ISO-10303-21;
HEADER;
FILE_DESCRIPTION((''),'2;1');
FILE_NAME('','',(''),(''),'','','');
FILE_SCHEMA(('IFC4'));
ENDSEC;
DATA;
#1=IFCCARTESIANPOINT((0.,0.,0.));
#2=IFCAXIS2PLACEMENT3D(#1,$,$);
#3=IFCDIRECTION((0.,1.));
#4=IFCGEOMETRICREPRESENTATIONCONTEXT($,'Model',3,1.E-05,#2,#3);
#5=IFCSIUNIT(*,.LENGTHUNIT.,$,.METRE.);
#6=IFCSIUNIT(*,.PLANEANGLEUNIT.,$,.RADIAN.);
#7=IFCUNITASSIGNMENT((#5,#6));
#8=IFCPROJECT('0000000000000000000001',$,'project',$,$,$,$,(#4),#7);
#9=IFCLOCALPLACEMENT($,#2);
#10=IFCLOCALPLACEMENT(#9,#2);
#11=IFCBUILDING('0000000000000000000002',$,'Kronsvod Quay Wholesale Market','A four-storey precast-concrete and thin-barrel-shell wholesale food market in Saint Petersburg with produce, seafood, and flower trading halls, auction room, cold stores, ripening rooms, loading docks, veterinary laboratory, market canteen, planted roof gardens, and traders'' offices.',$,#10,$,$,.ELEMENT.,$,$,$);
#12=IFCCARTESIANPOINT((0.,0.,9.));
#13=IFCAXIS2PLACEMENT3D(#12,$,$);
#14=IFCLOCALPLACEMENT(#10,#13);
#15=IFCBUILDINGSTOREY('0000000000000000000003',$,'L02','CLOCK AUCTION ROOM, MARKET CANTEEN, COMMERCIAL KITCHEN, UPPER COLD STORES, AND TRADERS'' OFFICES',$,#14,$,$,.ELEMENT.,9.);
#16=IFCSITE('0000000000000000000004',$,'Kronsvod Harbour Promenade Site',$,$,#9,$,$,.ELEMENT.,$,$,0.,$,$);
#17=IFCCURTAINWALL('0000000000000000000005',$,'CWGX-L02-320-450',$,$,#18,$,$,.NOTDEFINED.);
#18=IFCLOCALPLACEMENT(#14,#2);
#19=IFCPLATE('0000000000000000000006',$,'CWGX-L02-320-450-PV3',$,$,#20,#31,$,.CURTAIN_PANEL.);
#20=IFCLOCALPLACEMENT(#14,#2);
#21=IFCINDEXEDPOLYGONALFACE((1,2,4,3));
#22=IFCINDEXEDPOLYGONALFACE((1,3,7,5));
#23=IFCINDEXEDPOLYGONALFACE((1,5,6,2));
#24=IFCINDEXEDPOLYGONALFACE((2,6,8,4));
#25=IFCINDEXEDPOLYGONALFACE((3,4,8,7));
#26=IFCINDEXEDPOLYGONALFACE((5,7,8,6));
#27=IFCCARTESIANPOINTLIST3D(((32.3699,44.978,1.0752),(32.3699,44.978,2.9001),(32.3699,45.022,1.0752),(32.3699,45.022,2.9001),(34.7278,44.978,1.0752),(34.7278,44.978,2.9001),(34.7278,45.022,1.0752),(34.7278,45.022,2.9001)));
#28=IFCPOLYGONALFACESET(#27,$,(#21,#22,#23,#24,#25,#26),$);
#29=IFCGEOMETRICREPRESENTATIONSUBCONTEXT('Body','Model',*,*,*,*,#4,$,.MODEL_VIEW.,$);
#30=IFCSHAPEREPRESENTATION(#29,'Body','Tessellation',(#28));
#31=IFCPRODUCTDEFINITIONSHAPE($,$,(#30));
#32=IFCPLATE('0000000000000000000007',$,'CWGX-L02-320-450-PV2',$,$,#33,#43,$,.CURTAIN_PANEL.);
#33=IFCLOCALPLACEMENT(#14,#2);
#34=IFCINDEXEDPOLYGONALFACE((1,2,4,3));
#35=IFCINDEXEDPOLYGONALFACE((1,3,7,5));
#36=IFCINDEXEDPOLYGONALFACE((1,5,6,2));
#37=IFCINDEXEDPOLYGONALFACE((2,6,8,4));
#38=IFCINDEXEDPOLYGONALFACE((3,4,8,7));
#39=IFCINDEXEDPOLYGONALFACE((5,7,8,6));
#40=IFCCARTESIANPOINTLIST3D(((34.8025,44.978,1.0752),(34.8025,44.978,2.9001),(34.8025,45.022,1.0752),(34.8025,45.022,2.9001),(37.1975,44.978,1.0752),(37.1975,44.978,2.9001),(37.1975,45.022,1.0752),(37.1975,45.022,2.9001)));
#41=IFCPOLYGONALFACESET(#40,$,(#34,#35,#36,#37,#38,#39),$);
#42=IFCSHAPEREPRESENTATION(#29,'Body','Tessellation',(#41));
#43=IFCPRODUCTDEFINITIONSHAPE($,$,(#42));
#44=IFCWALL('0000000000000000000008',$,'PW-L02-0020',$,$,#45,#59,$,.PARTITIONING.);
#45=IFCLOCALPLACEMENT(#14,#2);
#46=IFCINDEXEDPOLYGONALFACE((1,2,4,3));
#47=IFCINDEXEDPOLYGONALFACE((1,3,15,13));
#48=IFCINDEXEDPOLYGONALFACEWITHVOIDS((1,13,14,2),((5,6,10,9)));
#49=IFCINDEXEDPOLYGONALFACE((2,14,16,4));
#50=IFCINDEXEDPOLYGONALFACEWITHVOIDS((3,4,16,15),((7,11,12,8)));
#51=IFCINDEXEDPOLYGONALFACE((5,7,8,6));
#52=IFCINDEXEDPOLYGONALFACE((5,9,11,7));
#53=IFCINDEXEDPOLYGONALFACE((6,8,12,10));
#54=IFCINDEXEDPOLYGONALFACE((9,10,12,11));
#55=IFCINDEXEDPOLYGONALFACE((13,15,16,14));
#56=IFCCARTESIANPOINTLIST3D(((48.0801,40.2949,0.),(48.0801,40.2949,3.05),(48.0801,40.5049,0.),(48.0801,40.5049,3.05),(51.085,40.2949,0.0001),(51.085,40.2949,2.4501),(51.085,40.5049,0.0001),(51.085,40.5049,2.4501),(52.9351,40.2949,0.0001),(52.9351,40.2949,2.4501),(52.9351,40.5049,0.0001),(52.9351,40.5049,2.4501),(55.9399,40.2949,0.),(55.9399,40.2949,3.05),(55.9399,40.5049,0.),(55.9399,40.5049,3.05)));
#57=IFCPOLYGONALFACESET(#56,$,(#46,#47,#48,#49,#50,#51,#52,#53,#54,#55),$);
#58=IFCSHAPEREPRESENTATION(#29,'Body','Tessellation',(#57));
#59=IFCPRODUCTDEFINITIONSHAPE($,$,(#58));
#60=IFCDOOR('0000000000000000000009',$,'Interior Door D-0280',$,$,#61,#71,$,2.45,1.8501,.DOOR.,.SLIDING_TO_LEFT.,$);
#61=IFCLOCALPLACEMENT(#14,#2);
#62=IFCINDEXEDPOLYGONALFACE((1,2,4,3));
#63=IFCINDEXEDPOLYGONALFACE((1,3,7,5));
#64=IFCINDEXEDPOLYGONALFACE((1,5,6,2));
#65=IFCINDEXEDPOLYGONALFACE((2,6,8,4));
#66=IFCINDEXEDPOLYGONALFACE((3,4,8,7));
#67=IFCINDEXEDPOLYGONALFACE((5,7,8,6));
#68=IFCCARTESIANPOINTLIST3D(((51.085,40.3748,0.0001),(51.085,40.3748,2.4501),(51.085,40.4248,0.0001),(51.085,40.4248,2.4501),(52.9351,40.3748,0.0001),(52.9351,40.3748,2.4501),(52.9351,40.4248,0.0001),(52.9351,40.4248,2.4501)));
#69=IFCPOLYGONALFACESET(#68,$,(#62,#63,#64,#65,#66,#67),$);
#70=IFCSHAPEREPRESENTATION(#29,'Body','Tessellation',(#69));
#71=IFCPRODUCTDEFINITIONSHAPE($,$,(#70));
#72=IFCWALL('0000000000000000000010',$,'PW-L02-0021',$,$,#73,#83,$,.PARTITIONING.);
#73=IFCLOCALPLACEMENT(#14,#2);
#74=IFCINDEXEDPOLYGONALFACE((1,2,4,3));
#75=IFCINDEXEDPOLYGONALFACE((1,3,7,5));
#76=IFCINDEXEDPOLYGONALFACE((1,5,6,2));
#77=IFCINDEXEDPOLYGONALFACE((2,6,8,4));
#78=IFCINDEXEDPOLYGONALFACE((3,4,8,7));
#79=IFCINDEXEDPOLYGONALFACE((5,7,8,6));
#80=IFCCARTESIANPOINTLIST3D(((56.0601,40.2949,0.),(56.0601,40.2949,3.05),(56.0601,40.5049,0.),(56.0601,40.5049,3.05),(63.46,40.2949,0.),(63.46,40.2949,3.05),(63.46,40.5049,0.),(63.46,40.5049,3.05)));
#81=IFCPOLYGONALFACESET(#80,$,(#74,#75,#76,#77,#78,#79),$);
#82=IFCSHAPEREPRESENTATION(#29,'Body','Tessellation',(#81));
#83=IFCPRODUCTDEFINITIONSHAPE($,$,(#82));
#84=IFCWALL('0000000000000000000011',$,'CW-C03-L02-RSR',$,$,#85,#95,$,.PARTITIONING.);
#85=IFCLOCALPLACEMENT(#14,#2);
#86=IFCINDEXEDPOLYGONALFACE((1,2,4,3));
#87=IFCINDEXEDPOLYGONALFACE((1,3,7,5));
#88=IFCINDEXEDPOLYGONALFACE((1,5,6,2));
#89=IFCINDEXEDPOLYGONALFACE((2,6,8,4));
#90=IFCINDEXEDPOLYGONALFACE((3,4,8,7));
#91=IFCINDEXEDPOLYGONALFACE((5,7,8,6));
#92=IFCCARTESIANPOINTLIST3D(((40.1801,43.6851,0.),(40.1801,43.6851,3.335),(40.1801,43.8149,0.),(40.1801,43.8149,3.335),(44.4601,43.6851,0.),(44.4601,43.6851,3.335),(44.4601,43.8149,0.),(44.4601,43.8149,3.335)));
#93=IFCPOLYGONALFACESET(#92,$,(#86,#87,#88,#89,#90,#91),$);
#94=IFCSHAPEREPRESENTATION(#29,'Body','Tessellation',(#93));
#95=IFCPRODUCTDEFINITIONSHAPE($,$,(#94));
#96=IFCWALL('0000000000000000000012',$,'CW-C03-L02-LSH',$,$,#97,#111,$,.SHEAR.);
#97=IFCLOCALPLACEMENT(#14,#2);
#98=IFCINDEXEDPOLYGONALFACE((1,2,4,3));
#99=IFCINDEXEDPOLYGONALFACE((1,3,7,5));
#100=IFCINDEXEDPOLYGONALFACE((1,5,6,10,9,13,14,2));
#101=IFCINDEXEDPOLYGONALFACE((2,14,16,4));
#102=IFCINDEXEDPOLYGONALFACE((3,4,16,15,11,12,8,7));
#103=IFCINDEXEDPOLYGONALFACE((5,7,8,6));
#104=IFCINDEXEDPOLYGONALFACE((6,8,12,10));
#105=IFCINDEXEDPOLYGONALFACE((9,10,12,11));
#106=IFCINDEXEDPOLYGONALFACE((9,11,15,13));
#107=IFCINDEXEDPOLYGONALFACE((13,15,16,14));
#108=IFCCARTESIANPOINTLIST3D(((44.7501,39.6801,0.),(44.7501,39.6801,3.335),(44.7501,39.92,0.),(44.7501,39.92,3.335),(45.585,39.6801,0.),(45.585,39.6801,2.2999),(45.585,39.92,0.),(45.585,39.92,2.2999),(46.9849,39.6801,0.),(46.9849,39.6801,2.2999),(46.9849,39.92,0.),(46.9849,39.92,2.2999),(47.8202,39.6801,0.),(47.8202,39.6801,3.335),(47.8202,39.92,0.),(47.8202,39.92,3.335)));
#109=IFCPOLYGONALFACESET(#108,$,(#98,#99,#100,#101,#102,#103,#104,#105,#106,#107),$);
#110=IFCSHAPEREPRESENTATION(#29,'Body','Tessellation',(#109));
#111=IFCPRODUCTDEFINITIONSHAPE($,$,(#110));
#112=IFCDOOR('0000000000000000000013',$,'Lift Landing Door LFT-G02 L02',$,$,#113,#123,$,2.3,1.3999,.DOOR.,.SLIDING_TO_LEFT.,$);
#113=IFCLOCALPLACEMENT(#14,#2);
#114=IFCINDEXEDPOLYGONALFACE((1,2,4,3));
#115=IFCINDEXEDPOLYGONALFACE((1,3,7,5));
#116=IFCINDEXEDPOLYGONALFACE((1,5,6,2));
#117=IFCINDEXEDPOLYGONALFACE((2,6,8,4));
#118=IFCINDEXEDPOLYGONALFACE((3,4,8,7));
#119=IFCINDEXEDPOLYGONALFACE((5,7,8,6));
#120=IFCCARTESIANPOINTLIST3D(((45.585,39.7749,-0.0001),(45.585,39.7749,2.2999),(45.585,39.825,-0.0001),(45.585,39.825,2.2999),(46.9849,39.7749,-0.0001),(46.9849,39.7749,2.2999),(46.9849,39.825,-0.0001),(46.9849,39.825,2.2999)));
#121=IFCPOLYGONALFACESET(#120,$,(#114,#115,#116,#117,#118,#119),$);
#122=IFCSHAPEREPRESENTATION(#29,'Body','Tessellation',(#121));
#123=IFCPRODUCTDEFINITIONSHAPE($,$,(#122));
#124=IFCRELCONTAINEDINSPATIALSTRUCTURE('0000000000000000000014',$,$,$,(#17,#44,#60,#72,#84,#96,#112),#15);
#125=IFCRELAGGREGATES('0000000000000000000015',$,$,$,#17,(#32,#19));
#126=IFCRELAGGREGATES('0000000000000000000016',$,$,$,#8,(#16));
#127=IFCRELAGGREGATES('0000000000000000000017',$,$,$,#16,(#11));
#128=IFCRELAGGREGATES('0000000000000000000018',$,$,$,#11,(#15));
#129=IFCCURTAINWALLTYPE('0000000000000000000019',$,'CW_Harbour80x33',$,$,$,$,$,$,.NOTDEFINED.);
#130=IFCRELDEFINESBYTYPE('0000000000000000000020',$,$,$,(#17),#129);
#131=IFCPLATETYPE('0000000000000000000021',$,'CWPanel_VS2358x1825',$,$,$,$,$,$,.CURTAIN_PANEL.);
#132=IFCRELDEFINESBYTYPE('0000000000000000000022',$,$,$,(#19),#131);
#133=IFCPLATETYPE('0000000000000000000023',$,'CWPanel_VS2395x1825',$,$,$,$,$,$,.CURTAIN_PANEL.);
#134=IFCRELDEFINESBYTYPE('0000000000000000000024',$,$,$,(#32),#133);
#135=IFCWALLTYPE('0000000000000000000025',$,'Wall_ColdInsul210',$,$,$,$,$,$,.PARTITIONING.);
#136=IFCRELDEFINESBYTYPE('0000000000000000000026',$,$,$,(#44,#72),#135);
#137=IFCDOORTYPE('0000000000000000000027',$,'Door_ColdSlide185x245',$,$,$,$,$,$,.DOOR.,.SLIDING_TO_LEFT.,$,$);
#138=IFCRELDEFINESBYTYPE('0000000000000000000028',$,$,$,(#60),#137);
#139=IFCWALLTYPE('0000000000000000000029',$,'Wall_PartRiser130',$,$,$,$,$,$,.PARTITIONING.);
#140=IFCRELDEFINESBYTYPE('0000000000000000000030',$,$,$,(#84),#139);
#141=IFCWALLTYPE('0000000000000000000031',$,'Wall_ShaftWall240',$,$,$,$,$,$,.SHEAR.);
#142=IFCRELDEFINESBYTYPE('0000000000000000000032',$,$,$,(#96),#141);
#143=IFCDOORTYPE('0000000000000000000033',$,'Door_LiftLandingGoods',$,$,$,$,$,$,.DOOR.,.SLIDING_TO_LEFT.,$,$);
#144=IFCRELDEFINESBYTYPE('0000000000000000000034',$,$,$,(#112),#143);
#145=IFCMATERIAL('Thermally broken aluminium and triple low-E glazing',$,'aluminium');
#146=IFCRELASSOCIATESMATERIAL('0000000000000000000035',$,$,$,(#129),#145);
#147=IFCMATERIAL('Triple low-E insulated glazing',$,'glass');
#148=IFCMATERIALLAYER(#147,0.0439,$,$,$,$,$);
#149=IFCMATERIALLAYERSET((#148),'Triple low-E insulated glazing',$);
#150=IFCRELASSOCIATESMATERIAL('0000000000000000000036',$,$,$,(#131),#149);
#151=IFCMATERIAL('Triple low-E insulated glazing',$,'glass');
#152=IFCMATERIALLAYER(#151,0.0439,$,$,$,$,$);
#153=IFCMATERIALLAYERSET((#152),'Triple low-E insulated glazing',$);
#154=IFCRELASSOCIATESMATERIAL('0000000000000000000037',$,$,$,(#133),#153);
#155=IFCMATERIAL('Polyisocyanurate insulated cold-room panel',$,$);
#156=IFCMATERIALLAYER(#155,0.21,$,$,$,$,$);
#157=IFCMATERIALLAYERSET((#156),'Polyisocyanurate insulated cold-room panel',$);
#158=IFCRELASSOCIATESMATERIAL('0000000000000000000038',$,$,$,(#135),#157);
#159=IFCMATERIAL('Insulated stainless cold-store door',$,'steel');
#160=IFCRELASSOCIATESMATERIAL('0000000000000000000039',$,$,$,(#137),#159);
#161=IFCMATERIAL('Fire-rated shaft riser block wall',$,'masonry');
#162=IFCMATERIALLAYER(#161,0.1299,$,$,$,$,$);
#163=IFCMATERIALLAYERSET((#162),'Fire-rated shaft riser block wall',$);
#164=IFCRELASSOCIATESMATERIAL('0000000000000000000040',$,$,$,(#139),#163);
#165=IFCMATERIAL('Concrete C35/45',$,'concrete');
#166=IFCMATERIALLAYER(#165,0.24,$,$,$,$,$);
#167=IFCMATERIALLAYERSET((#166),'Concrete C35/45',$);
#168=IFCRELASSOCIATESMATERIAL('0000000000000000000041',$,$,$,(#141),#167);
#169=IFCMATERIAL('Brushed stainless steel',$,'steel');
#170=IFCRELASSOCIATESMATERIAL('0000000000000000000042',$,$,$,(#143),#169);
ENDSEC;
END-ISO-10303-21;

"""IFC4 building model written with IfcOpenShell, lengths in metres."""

from ifc_helpers import new_model, si_unit, direction, frame, frame_2d, origin, origin_2d, place, context, subcontext, project, spatial, rectangle, extrude, material, layer, layer_set, type_object, element, fill, aggregate, save


model = new_model("IFC4")

# Units and contexts
model_context = context("Model", 3, precision=1e-05, world=origin(), true_north=direction((0.0, 1.0)))
body_context = subcontext(model_context, "Body", "Model", "MODEL_VIEW")
ifc_project = project(units=[si_unit("LENGTHUNIT", "METRE"), si_unit("PLANEANGLEUNIT", "RADIAN")], contexts=[model_context])

# Site, building, storey
site_placement = place(None, origin())
site = spatial("IfcSite", under=ifc_project, at=site_placement, Name="Kronsvod Harbour Promenade Site", CompositionType="ELEMENT", RefElevation=0.0)
building_placement = place(site_placement, origin())
building = spatial("IfcBuilding", under=site, at=building_placement, Name="Kronsvod Quay Wholesale Market", Description="A four-storey precast-concrete and thin-barrel-shell wholesale food market in Saint Petersburg with produce, seafood, and flower trading halls, auction room, cold stores, ripening rooms, loading docks, veterinary laboratory, market canteen, planted roof gardens, and traders' offices.", CompositionType="ELEMENT")
storey_placement = place(building_placement, frame((0.0, 0.0, 9.0)))
storey = spatial("IfcBuildingStorey", under=building, at=storey_placement, Name="L02", Description="CLOCK AUCTION ROOM, MARKET CANTEEN, COMMERCIAL KITCHEN, UPPER COLD STORES, AND TRADERS' OFFICES", CompositionType="ELEMENT", Elevation=9.0)

# Curtain wall, plates
ifc_material_1 = material(Name="Thermally broken aluminium and triple low-E glazing", Category="aluminium")
curtain_wall_type = type_object("IfcCurtainWallType", Name="CW_Harbour80x33", PredefinedType="NOTDEFINED", material=ifc_material_1)
curtain_wall_placement = place(storey_placement, origin())
curtain_wall = element("IfcCurtainWall", 1, at=curtain_wall_placement, inside=storey, type_object=curtain_wall_type, Name="CWGX-L02-320-450", PredefinedType="NOTDEFINED")
ifc_material_2 = material(Name="Triple low-E insulated glazing", Category="glass")
ifc_layer_1 = layer(ifc_material_2, 0.0439)
ifc_layer_set_1 = layer_set([ifc_layer_1], Name="Triple low-E insulated glazing")
plate_type_1 = type_object("IfcPlateType", Name="CWPanel_VS2358x1825", PredefinedType="CURTAIN_PANEL", material=ifc_layer_set_1)
plate_1_placement = place(storey_placement, frame((33.5488, 45.0, 1.0752), z_axis=(0.0, 0.0, 1.0), x_axis=(-1.0, 0.0, 0.0)))
plate_1 = element("IfcPlate", 2, at=plate_1_placement, type_object=plate_type_1, Name="CWGX-L02-320-450-PV3", PredefinedType="CURTAIN_PANEL", context=body_context, shape_type="SweptSolid", body=[
    extrude(rectangle(XDim=2.3579, YDim=0.0439, at=origin_2d()), origin(), (0.0, 0.0, 1.0), 1.825),
])
ifc_material_3 = material(Name="Triple low-E insulated glazing", Category="glass")
ifc_layer_2 = layer(ifc_material_3, 0.0439)
ifc_layer_set_2 = layer_set([ifc_layer_2], Name="Triple low-E insulated glazing")
plate_type_2 = type_object("IfcPlateType", Name="CWPanel_VS2395x1825", PredefinedType="CURTAIN_PANEL", material=ifc_layer_set_2)
plate_2_placement = place(storey_placement, frame((36.0, 45.0, 1.0752), z_axis=(0.0, 0.0, 1.0), x_axis=(-1.0, 0.0, 0.0)))
plate_2 = element("IfcPlate", 3, at=plate_2_placement, type_object=plate_type_2, Name="CWGX-L02-320-450-PV2", PredefinedType="CURTAIN_PANEL", context=body_context, shape_type="SweptSolid", body=[
    extrude(rectangle(XDim=2.395, YDim=0.0439, at=origin_2d()), origin(), (0.0, 0.0, 1.0), 1.825),
])
aggregate(curtain_wall, [plate_2, plate_1])

# Wall, opening, door
ifc_material_4 = material(Name="Polyisocyanurate insulated cold-room panel")
ifc_layer_3 = layer(ifc_material_4, 0.21)
ifc_layer_set_3 = layer_set([ifc_layer_3], Name="Polyisocyanurate insulated cold-room panel")
wall_type_1 = type_object("IfcWallType", Name="Wall_ColdInsul210", PredefinedType="PARTITIONING", material=ifc_layer_set_3)
wall_1_placement = place(storey_placement, frame((48.0801, 40.3999, 0.0), z_axis=(0.0, 0.0, 1.0), x_axis=(1.0, 0.0, 0.0)))
wall_1 = element("IfcWall", 4, at=wall_1_placement, inside=storey, type_object=wall_type_1, Name="PW-L02-0020", PredefinedType="PARTITIONING", context=body_context, shape_type="SweptSolid", body=[
    extrude(rectangle(XDim=7.8599, YDim=0.21, at=frame_2d((3.9299, 0.0))), origin(), (0.0, 0.0, 1.0), 3.05),
])
opening_1_placement = place(wall_1_placement, frame((3.0049, 0.0, 0.0)))
opening_1 = element("IfcOpeningElement", 5, at=opening_1_placement, cuts=wall_1, PredefinedType="OPENING", context=body_context, shape_type="SweptSolid", body=[
    extrude(rectangle(XDim=1.8501, YDim=2.45, at=frame_2d((0.925, 1.2251))), frame((0.0, 0.115, 0.0), z_axis=(0.0, -1.0, 0.0), x_axis=(1.0, 0.0, 0.0)), (0.0, 0.0, 1.0), 0.23),
])
ifc_material_5 = material(Name="Insulated stainless cold-store door", Category="steel")
door_type_1 = type_object("IfcDoorType", Name="Door_ColdSlide185x245", OperationType="SLIDING_TO_LEFT", PredefinedType="DOOR", material=ifc_material_5)
door_1_placement = place(opening_1_placement, origin())
door_1 = element("IfcDoor", 6, at=door_1_placement, inside=storey, type_object=door_type_1, Name="Interior Door D-0280", OperationType="SLIDING_TO_LEFT", OverallHeight=2.45, OverallWidth=1.8501, PredefinedType="DOOR", context=body_context, shape_type="SweptSolid", body=[
    extrude(rectangle(XDim=1.8501, YDim=2.45, at=frame_2d((0.925, 1.2251))), frame((0.0, 0.0249, 0.0), z_axis=(0.0, -1.0, 0.0), x_axis=(1.0, 0.0, 0.0)), (0.0, 0.0, 1.0), 0.05),
])
fill(opening_1, door_1)

# Walls
wall_2_placement = place(storey_placement, frame((56.0601, 40.3999, 0.0), z_axis=(0.0, 0.0, 1.0), x_axis=(1.0, 0.0, 0.0)))
element("IfcWall", 7, at=wall_2_placement, inside=storey, type_object=wall_type_1, Name="PW-L02-0021", PredefinedType="PARTITIONING", context=body_context, shape_type="SweptSolid", body=[
    extrude(rectangle(XDim=7.3999, YDim=0.21, at=frame_2d((3.7, 0.0))), origin(), (0.0, 0.0, 1.0), 3.05),
])
ifc_material_6 = material(Name="Fire-rated shaft riser block wall", Category="masonry")
ifc_layer_4 = layer(ifc_material_6, 0.1299)
ifc_layer_set_4 = layer_set([ifc_layer_4], Name="Fire-rated shaft riser block wall")
wall_type_2 = type_object("IfcWallType", Name="Wall_PartRiser130", PredefinedType="PARTITIONING", material=ifc_layer_set_4)
wall_3_placement = place(storey_placement, frame((40.1799, 43.75, 0.0), z_axis=(0.0, 0.0, 1.0), x_axis=(1.0, 0.0, 0.0)))
element("IfcWall", 8, at=wall_3_placement, inside=storey, type_object=wall_type_2, Name="CW-C03-L02-RSR", PredefinedType="PARTITIONING", context=body_context, shape_type="SweptSolid", body=[
    extrude(rectangle(XDim=4.28, YDim=0.1299, at=frame_2d((2.1401, 0.0))), origin(), (0.0, 0.0, 1.0), 3.335),
])

# Wall, opening, door
ifc_material_7 = material(Name="Concrete C35/45", Category="concrete")
ifc_layer_5 = layer(ifc_material_7, 0.24)
ifc_layer_set_5 = layer_set([ifc_layer_5], Name="Concrete C35/45")
wall_type_3 = type_object("IfcWallType", Name="Wall_ShaftWall240", PredefinedType="SHEAR", material=ifc_layer_set_5)
wall_4_placement = place(storey_placement, frame((44.75, 39.8, 0.0), z_axis=(0.0, 0.0, 1.0), x_axis=(1.0, 0.0, 0.0)))
wall_4 = element("IfcWall", 9, at=wall_4_placement, inside=storey, type_object=wall_type_3, Name="CW-C03-L02-LSH", PredefinedType="SHEAR", context=body_context, shape_type="SweptSolid", body=[
    extrude(rectangle(XDim=3.0701, YDim=0.24, at=frame_2d((1.5352, 0.0))), origin(), (0.0, 0.0, 1.0), 3.335),
])
opening_2_placement = place(wall_4_placement, frame((0.835, 0.0, 0.0)))
opening_2 = element("IfcOpeningElement", 10, at=opening_2_placement, cuts=wall_4, PredefinedType="OPENING", context=body_context, shape_type="SweptSolid", body=[
    extrude(rectangle(XDim=1.3999, YDim=2.3, at=frame_2d((0.7, 1.1499))), frame((0.0, 0.1299, 0.0), z_axis=(0.0, -1.0, 0.0), x_axis=(1.0, 0.0, 0.0)), (0.0, 0.0, 1.0), 0.26),
])
ifc_material_8 = material(Name="Brushed stainless steel", Category="steel")
door_type_2 = type_object("IfcDoorType", Name="Door_LiftLandingGoods", OperationType="SLIDING_TO_LEFT", PredefinedType="DOOR", material=ifc_material_8)
door_2_placement = place(opening_2_placement, origin())
door_2 = element("IfcDoor", 11, at=door_2_placement, inside=storey, type_object=door_type_2, Name="Lift Landing Door LFT-G02 L02", OperationType="SLIDING_TO_LEFT", OverallHeight=2.3, OverallWidth=1.3999, PredefinedType="DOOR", context=body_context, shape_type="SweptSolid", body=[
    extrude(rectangle(XDim=1.3999, YDim=2.3, at=frame_2d((0.7, 1.1499))), frame((0.0, 0.0249, 0.0), z_axis=(0.0, -1.0, 0.0), x_axis=(1.0, 0.0, 0.0)), (0.0, 0.0, 1.0), 0.05),
])
fill(opening_2, door_2)

save(model, "model.ifc")
